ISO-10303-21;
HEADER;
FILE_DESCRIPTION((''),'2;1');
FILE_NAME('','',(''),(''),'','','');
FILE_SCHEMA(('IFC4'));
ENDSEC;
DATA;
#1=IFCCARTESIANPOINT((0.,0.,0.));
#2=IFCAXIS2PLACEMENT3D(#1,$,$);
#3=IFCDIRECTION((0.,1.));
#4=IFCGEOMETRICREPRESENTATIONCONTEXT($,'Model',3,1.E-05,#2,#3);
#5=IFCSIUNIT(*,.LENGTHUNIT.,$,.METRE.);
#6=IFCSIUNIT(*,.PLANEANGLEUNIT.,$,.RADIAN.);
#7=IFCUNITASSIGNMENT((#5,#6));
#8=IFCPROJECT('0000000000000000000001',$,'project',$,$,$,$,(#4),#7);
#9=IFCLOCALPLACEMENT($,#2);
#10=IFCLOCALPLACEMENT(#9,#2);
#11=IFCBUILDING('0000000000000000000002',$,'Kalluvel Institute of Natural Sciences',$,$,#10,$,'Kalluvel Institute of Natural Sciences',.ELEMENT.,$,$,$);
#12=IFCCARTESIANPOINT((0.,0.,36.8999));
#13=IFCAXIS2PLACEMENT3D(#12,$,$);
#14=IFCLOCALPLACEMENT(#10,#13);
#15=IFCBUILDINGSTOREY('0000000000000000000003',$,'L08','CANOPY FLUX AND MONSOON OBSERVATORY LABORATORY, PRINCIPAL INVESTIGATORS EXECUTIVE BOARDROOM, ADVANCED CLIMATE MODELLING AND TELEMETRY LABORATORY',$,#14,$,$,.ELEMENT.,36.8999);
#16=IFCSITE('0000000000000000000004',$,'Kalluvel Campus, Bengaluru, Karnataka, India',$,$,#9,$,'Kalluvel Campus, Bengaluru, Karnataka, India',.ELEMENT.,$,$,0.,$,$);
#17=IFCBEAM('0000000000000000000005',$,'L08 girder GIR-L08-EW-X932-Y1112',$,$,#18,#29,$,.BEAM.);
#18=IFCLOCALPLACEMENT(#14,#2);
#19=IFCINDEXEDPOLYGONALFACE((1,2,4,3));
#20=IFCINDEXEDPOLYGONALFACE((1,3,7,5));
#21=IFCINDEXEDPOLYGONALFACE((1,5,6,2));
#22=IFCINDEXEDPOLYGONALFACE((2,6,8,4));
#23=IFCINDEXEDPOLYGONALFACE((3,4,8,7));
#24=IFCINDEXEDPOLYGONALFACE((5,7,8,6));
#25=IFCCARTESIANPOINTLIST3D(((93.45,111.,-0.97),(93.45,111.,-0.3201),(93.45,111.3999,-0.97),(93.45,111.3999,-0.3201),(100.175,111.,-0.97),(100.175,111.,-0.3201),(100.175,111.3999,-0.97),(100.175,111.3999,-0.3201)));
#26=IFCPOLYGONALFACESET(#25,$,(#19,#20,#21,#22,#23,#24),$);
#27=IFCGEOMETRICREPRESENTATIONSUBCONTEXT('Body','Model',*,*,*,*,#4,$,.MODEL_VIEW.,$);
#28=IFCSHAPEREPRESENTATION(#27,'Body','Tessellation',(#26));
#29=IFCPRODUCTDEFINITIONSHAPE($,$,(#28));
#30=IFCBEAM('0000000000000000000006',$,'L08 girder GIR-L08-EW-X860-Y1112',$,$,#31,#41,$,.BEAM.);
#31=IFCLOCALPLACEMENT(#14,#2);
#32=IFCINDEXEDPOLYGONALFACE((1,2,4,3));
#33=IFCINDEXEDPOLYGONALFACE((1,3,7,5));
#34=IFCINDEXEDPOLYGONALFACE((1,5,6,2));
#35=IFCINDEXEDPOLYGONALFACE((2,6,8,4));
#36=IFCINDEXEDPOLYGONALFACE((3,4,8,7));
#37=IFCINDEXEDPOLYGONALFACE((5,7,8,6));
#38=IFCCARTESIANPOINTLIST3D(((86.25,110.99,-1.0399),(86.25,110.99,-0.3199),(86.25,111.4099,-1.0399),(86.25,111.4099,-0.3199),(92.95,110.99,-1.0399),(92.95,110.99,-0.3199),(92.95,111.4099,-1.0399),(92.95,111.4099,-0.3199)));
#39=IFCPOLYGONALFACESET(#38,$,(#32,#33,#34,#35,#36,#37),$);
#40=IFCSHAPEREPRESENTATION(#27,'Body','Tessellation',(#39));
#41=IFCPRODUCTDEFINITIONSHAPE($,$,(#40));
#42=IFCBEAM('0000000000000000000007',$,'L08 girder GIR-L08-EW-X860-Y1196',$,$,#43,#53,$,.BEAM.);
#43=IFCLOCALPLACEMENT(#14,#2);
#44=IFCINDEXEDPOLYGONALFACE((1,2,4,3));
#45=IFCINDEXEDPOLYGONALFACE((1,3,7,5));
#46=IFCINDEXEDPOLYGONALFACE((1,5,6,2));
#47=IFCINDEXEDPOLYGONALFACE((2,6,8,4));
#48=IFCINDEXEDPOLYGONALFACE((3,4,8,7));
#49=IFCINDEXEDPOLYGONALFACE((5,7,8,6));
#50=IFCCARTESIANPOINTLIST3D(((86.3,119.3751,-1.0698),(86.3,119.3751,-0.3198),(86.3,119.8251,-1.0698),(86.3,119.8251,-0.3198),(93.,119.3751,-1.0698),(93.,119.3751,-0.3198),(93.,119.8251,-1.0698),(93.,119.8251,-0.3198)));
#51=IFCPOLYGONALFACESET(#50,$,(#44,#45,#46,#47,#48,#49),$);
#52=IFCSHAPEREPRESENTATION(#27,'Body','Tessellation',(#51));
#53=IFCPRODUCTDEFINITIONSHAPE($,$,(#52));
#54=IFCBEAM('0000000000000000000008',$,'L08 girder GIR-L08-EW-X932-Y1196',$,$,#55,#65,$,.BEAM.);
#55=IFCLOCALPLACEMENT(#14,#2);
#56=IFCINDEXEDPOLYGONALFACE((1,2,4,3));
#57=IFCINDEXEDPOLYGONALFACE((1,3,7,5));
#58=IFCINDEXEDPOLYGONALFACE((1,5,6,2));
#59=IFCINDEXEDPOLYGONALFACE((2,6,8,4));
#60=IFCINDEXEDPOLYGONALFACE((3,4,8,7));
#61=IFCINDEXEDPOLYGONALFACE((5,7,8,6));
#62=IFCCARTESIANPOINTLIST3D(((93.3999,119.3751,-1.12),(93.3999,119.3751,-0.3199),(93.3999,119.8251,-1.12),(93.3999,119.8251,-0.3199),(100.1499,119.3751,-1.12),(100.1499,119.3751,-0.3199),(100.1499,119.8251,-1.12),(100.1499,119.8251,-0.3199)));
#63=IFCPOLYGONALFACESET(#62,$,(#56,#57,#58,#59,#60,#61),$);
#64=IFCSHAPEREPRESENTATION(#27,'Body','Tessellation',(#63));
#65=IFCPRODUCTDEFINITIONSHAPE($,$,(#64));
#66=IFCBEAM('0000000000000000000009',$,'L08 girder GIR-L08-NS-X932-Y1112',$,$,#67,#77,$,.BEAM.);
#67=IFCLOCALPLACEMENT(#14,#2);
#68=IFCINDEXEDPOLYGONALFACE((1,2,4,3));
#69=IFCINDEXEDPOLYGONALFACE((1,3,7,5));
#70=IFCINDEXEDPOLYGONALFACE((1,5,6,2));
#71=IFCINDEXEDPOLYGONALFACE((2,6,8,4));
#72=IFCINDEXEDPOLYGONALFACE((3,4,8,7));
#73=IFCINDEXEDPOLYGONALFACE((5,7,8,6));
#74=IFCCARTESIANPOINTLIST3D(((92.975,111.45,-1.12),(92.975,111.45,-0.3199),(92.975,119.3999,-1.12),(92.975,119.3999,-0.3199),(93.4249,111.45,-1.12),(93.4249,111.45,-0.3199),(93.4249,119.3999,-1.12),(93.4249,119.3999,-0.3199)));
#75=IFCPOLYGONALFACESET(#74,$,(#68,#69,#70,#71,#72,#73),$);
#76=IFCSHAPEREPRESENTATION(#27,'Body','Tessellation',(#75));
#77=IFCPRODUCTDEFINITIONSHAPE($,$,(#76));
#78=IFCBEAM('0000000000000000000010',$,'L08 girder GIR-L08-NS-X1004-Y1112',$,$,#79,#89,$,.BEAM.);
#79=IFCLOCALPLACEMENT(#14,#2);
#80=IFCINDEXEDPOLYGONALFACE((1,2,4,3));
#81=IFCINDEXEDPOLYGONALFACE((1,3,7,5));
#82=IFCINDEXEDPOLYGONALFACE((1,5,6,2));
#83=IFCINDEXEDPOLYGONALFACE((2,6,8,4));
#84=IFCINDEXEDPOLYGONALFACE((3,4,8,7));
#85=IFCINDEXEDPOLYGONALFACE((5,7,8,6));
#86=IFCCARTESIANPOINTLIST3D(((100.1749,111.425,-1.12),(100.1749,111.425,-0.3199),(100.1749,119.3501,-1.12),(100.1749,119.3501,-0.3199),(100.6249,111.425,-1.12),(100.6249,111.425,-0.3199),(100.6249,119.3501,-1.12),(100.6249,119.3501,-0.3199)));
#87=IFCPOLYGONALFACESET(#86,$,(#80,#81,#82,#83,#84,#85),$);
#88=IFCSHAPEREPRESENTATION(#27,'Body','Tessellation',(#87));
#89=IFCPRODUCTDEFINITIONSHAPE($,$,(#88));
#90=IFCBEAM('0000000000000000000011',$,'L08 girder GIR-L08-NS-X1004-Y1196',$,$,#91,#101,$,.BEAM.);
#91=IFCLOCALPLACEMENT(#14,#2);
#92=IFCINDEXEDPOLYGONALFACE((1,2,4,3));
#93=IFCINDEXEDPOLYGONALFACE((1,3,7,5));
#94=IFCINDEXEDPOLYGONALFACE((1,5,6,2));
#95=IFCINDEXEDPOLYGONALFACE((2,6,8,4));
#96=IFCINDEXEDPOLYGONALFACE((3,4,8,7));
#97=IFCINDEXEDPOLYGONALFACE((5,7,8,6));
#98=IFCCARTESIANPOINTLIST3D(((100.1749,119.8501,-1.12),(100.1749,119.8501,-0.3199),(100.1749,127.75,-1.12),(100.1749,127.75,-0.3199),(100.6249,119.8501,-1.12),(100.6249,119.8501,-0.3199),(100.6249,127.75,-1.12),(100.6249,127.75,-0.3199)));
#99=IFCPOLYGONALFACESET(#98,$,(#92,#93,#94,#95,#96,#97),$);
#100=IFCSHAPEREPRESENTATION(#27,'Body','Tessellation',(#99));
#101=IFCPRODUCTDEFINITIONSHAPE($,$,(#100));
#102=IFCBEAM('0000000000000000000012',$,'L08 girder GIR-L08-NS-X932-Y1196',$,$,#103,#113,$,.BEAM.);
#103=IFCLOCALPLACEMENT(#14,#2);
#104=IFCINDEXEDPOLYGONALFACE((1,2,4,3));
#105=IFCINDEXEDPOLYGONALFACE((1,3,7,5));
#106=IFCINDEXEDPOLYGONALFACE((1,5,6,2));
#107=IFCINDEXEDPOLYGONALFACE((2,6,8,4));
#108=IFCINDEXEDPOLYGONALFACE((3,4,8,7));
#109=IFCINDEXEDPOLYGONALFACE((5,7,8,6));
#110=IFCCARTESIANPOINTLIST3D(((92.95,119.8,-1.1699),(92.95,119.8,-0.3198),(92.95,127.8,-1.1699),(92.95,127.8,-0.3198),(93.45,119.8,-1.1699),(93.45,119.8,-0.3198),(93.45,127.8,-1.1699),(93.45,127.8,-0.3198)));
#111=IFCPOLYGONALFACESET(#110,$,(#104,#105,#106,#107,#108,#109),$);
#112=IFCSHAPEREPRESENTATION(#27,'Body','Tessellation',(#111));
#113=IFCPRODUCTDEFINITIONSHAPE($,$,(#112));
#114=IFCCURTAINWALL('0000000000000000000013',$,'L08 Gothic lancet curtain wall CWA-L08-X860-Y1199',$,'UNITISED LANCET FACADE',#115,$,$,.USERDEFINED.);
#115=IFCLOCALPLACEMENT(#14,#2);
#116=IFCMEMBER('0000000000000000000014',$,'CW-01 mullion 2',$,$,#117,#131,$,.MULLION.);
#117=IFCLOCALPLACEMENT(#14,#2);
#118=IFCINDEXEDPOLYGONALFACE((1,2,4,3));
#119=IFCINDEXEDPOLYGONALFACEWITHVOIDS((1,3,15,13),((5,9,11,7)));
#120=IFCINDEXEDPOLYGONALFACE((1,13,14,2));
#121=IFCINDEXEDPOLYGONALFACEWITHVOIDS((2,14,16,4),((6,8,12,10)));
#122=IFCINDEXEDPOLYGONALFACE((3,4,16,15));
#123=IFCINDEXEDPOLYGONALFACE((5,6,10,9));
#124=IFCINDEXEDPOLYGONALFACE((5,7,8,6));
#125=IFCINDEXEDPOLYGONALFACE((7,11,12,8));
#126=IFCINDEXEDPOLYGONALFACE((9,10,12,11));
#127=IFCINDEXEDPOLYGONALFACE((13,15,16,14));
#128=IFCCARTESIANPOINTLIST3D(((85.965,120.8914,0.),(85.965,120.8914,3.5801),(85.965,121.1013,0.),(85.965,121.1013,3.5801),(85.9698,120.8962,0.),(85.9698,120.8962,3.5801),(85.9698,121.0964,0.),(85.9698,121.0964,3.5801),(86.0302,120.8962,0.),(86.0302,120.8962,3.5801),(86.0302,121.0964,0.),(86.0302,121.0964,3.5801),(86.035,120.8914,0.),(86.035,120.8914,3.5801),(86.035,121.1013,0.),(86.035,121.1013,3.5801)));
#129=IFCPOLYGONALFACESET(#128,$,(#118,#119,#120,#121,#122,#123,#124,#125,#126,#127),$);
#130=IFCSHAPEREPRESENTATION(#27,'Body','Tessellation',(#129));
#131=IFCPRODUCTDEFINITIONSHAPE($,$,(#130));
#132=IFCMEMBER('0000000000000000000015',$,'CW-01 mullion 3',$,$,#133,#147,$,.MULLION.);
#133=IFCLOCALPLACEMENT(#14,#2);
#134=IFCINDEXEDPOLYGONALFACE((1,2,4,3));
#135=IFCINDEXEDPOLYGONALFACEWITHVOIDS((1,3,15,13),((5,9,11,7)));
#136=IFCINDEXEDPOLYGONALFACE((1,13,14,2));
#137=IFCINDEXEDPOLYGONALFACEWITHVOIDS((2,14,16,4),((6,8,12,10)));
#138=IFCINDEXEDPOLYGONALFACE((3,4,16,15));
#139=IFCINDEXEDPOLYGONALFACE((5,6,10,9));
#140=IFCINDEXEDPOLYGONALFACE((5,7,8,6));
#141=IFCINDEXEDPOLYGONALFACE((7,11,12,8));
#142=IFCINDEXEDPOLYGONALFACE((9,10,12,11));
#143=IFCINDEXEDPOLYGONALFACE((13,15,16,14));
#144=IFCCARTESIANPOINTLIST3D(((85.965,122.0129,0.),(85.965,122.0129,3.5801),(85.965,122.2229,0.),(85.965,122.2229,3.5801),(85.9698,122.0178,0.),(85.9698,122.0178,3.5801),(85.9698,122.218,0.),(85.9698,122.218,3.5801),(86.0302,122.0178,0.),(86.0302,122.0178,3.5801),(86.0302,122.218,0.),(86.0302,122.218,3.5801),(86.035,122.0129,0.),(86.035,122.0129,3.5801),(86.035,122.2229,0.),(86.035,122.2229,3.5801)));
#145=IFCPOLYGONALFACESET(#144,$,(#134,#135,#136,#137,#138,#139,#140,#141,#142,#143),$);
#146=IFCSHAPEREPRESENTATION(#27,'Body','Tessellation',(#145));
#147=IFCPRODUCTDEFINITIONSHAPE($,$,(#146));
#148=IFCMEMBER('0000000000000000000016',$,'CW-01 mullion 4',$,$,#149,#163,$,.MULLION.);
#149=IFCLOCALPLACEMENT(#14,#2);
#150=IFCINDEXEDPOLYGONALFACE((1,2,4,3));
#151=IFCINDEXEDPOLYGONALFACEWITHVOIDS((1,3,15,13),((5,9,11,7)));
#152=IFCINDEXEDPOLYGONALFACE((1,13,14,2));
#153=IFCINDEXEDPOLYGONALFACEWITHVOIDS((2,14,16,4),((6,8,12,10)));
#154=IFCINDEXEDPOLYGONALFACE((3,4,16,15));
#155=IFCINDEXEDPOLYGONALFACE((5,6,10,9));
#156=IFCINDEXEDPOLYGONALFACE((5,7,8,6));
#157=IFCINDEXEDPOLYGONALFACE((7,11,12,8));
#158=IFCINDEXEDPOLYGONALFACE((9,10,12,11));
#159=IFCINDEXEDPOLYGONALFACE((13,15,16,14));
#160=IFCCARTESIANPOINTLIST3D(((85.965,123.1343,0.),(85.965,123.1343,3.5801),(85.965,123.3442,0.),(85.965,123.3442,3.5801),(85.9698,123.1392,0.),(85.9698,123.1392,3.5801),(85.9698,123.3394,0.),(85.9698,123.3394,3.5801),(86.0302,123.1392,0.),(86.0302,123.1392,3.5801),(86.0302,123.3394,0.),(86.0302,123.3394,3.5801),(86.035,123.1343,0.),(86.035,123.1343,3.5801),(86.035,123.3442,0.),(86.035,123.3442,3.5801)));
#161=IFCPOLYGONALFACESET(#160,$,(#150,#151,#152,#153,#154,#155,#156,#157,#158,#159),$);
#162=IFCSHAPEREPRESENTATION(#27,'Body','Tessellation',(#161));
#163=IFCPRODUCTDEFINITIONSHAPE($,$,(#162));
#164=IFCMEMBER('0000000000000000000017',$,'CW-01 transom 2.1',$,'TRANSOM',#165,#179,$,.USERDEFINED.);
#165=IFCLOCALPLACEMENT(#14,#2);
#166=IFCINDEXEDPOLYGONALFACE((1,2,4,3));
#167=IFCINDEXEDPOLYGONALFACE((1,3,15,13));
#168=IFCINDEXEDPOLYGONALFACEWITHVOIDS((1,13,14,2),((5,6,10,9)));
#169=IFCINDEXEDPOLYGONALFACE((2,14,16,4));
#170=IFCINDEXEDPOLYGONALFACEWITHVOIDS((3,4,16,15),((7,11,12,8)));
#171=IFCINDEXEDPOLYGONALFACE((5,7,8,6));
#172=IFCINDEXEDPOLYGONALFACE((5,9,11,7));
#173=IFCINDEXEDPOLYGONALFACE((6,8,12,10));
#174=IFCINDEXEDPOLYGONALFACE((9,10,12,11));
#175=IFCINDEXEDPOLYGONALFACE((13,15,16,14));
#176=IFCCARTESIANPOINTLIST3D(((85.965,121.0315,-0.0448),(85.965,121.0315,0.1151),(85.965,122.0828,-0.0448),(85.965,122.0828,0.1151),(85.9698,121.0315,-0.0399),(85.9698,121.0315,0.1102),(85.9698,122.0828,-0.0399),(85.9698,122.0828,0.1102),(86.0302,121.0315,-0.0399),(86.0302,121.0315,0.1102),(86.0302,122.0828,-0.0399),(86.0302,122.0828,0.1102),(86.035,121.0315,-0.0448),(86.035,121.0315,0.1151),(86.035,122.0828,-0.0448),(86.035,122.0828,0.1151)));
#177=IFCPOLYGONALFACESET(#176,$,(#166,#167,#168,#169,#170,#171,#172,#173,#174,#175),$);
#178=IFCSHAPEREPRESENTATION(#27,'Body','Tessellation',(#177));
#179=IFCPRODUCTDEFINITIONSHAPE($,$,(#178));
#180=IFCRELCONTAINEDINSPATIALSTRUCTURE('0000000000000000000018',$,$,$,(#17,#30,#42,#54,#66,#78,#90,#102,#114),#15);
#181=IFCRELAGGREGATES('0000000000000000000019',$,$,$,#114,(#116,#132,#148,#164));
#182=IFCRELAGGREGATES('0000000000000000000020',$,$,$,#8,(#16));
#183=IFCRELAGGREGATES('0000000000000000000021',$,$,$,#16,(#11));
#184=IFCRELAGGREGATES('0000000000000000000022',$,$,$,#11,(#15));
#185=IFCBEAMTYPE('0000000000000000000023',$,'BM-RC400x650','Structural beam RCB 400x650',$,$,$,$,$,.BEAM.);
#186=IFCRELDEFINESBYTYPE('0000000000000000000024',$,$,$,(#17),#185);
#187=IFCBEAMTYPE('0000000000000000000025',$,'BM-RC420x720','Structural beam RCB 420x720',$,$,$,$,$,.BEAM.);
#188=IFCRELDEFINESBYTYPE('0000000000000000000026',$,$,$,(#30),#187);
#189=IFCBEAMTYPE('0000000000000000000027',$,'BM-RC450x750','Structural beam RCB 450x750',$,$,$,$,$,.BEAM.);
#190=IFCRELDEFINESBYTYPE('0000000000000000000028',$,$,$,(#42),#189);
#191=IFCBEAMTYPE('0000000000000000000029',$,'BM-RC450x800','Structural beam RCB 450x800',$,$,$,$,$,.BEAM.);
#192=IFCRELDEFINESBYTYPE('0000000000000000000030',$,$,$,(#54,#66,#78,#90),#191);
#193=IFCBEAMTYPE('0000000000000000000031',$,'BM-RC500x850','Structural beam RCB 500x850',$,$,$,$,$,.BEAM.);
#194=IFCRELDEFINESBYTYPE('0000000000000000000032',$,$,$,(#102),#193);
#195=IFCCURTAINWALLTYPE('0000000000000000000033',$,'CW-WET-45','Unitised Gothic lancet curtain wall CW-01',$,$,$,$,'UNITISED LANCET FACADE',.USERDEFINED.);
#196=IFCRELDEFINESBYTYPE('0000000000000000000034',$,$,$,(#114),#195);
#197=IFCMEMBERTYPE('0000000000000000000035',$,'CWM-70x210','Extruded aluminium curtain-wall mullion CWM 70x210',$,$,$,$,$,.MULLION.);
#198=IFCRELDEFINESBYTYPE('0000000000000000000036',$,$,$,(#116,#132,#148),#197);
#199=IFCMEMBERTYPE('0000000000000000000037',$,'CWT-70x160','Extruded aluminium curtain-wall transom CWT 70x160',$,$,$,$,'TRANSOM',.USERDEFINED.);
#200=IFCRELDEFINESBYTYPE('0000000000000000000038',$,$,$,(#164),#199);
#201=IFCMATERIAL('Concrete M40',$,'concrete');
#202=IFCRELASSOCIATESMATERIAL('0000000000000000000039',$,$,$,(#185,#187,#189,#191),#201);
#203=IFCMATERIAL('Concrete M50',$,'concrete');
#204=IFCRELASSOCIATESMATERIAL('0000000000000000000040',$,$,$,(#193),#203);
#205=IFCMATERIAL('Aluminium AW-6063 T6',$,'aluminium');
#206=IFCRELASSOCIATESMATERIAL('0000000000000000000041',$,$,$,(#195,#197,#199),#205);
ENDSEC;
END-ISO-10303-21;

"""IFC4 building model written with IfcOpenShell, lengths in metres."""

from ifc_helpers import new_model, si_unit, direction, frame, origin, origin_2d, place, context, subcontext, project, spatial, rectangle, hollow_rectangle, extrude, material, material_profile, profile_set, type_object, element, aggregate, save


model = new_model("IFC4")

# Units and contexts
model_context = context("Model", 3, precision=1e-05, world=origin(), true_north=direction((0.0, 1.0)))
body_context = subcontext(model_context, "Body", "Model", "MODEL_VIEW")
ifc_project = project(units=[si_unit("LENGTHUNIT", "METRE"), si_unit("PLANEANGLEUNIT", "RADIAN")], contexts=[model_context])

# Site, building, storey
site_placement = place(None, origin())
site = spatial("IfcSite", under=ifc_project, at=site_placement, Name="Kalluvel Campus, Bengaluru, Karnataka, India", LongName="Kalluvel Campus, Bengaluru, Karnataka, India", CompositionType="ELEMENT", RefElevation=0.0)
building_placement = place(site_placement, origin())
building = spatial("IfcBuilding", under=site, at=building_placement, Name="Kalluvel Institute of Natural Sciences", LongName="Kalluvel Institute of Natural Sciences", CompositionType="ELEMENT")
storey_placement = place(building_placement, frame((0.0, 0.0, 36.8999)))
storey = spatial("IfcBuildingStorey", under=building, at=storey_placement, Name="L08", Description="CANOPY FLUX AND MONSOON OBSERVATORY LABORATORY, PRINCIPAL INVESTIGATORS EXECUTIVE BOARDROOM, ADVANCED CLIMATE MODELLING AND TELEMETRY LABORATORY", CompositionType="ELEMENT", Elevation=36.8999)

# Beams
ifc_material_1 = material(Name="Concrete M40", Category="concrete")
ifc_material_profile_1 = material_profile(ifc_material_1, rectangle(XDim=0.3999, YDim=0.6499, at=origin_2d()), Name="RCB 400x650")
ifc_profile_set_1 = profile_set([ifc_material_profile_1], Name="Concrete M40")
beam_type_1 = type_object("IfcBeamType", Name="BM-RC400x650", Description="Structural beam RCB 400x650", PredefinedType="BEAM", material=ifc_profile_set_1)
beam_1_placement = place(storey_placement, frame((93.45, 111.2, -0.645), z_axis=(1.0, 0.0, 0.0), x_axis=(0.0, 1.0, 0.0)))
element("IfcBeam", 1, at=beam_1_placement, inside=storey, type_object=beam_type_1, Name="L08 girder GIR-L08-EW-X932-Y1112", PredefinedType="BEAM", context=body_context, shape_type="SweptSolid", body=[
    extrude(rectangle(XDim=0.3999, YDim=0.6499, at=origin_2d()), origin(), (0.0, 0.0, 1.0), 6.7251),
])
ifc_material_profile_2 = material_profile(ifc_material_1, rectangle(XDim=0.4199, YDim=0.72, at=origin_2d()), Name="RCB 420x720")
ifc_profile_set_2 = profile_set([ifc_material_profile_2], Name="Concrete M40")
beam_type_2 = type_object("IfcBeamType", Name="BM-RC420x720", Description="Structural beam RCB 420x720", PredefinedType="BEAM", material=ifc_profile_set_2)
beam_2_placement = place(storey_placement, frame((86.25, 111.2, -0.6799), z_axis=(1.0, 0.0, 0.0), x_axis=(0.0, 1.0, 0.0)))
element("IfcBeam", 2, at=beam_2_placement, inside=storey, type_object=beam_type_2, Name="L08 girder GIR-L08-EW-X860-Y1112", PredefinedType="BEAM", context=body_context, shape_type="SweptSolid", body=[
    extrude(rectangle(XDim=0.4199, YDim=0.72, at=origin_2d()), origin(), (0.0, 0.0, 1.0), 6.7),
])
ifc_material_profile_3 = material_profile(ifc_material_1, rectangle(XDim=0.45, YDim=0.75, at=origin_2d()), Name="RCB 450x750")
ifc_profile_set_3 = profile_set([ifc_material_profile_3], Name="Concrete M40")
beam_type_3 = type_object("IfcBeamType", Name="BM-RC450x750", Description="Structural beam RCB 450x750", PredefinedType="BEAM", material=ifc_profile_set_3)
beam_3_placement = place(storey_placement, frame((86.3, 119.6001, -0.6948), z_axis=(1.0, 0.0, 0.0), x_axis=(0.0, 1.0, 0.0)))
element("IfcBeam", 3, at=beam_3_placement, inside=storey, type_object=beam_type_3, Name="L08 girder GIR-L08-EW-X860-Y1196", PredefinedType="BEAM", context=body_context, shape_type="SweptSolid", body=[
    extrude(rectangle(XDim=0.45, YDim=0.75, at=origin_2d()), origin(), (0.0, 0.0, 1.0), 6.7),
])
ifc_material_profile_4 = material_profile(ifc_material_1, rectangle(XDim=0.45, YDim=0.8, at=origin_2d()), Name="RCB 450x800")
ifc_profile_set_4 = profile_set([ifc_material_profile_4], Name="Concrete M40")
beam_type_4 = type_object("IfcBeamType", Name="BM-RC450x800", Description="Structural beam RCB 450x800", PredefinedType="BEAM", material=ifc_profile_set_4)
beam_4_placement = place(storey_placement, frame((93.3999, 119.6001, -0.72), z_axis=(1.0, 0.0, 0.0), x_axis=(0.0, 1.0, 0.0)))
element("IfcBeam", 4, at=beam_4_placement, inside=storey, type_object=beam_type_4, Name="L08 girder GIR-L08-EW-X932-Y1196", PredefinedType="BEAM", context=body_context, shape_type="SweptSolid", body=[
    extrude(rectangle(XDim=0.45, YDim=0.8, at=origin_2d()), origin(), (0.0, 0.0, 1.0), 6.75),
])
beam_5_placement = place(storey_placement, frame((93.2, 111.45, -0.72), z_axis=(0.0, 1.0, 0.0), x_axis=(-1.0, 0.0, 0.0)))
element("IfcBeam", 5, at=beam_5_placement, inside=storey, type_object=beam_type_4, Name="L08 girder GIR-L08-NS-X932-Y1112", PredefinedType="BEAM", context=body_context, shape_type="SweptSolid", body=[
    extrude(rectangle(XDim=0.45, YDim=0.8, at=origin_2d()), origin(), (0.0, 0.0, 1.0), 7.95),
])
beam_6_placement = place(storey_placement, frame((100.3999, 111.425, -0.72), z_axis=(0.0, 1.0, 0.0), x_axis=(-1.0, 0.0, 0.0)))
element("IfcBeam", 6, at=beam_6_placement, inside=storey, type_object=beam_type_4, Name="L08 girder GIR-L08-NS-X1004-Y1112", PredefinedType="BEAM", context=body_context, shape_type="SweptSolid", body=[
    extrude(rectangle(XDim=0.45, YDim=0.8, at=origin_2d()), origin(), (0.0, 0.0, 1.0), 7.925),
])
beam_7_placement = place(storey_placement, frame((100.3999, 119.8501, -0.72), z_axis=(0.0, 1.0, 0.0), x_axis=(-1.0, 0.0, 0.0)))
element("IfcBeam", 7, at=beam_7_placement, inside=storey, type_object=beam_type_4, Name="L08 girder GIR-L08-NS-X1004-Y1196", PredefinedType="BEAM", context=body_context, shape_type="SweptSolid", body=[
    extrude(rectangle(XDim=0.45, YDim=0.8, at=origin_2d()), origin(), (0.0, 0.0, 1.0), 7.8999),
])
ifc_material_2 = material(Name="Concrete M50", Category="concrete")
ifc_material_profile_5 = material_profile(ifc_material_2, rectangle(XDim=0.5, YDim=0.8501, at=origin_2d()), Name="RCB 500x850")
ifc_profile_set_5 = profile_set([ifc_material_profile_5], Name="Concrete M50")
beam_type_5 = type_object("IfcBeamType", Name="BM-RC500x850", Description="Structural beam RCB 500x850", PredefinedType="BEAM", material=ifc_profile_set_5)
beam_8_placement = place(storey_placement, frame((93.2, 119.8, -0.7449), z_axis=(0.0, 1.0, 0.0), x_axis=(-1.0, 0.0, 0.0)))
element("IfcBeam", 8, at=beam_8_placement, inside=storey, type_object=beam_type_5, Name="L08 girder GIR-L08-NS-X932-Y1196", PredefinedType="BEAM", context=body_context, shape_type="SweptSolid", body=[
    extrude(rectangle(XDim=0.5, YDim=0.8501, at=origin_2d()), origin(), (0.0, 0.0, 1.0), 8.0),
])

# Curtain wall, members
ifc_material_3 = material(Name="Aluminium AW-6063 T6", Category="aluminium")
curtain_wall_type = type_object("IfcCurtainWallType", Name="CW-WET-45", Description="Unitised Gothic lancet curtain wall CW-01", ElementType="UNITISED LANCET FACADE", PredefinedType="USERDEFINED", material=ifc_material_3)
curtain_wall_placement = place(storey_placement, origin())
curtain_wall = element("IfcCurtainWall", 9, at=curtain_wall_placement, inside=storey, type_object=curtain_wall_type, Name="L08 Gothic lancet curtain wall CWA-L08-X860-Y1199", ObjectType="UNITISED LANCET FACADE", PredefinedType="USERDEFINED")
ifc_material_profile_6 = material_profile(ifc_material_3, hollow_rectangle(XDim=0.0701, YDim=0.21, WallThickness=0.0049, at=origin_2d()), Name="CWM 70x210")
ifc_profile_set_6 = profile_set([ifc_material_profile_6], Name="Aluminium AW-6063 T6")
member_type_1 = type_object("IfcMemberType", Name="CWM-70x210", Description="Extruded aluminium curtain-wall mullion CWM 70x210", PredefinedType="MULLION", material=ifc_profile_set_6)
member_1_placement = place(storey_placement, frame((86.0, 120.9963, 0.0), z_axis=(0.0, 0.0, 1.0), x_axis=(-1.0, 0.0, 0.0)))
member_1 = element("IfcMember", 10, at=member_1_placement, type_object=member_type_1, Name="CW-01 mullion 2", PredefinedType="MULLION", context=body_context, shape_type="SweptSolid", body=[
    extrude(hollow_rectangle(XDim=0.0701, YDim=0.21, WallThickness=0.0049, at=origin_2d()), origin(), (0.0, 0.0, 1.0), 3.5801),
])
member_2_placement = place(storey_placement, frame((86.0, 122.1179, 0.0), z_axis=(0.0, 0.0, 1.0), x_axis=(-1.0, 0.0, 0.0)))
member_2 = element("IfcMember", 11, at=member_2_placement, type_object=member_type_1, Name="CW-01 mullion 3", PredefinedType="MULLION", context=body_context, shape_type="SweptSolid", body=[
    extrude(hollow_rectangle(XDim=0.0701, YDim=0.21, WallThickness=0.0049, at=origin_2d()), origin(), (0.0, 0.0, 1.0), 3.5801),
])
member_3_placement = place(storey_placement, frame((86.0, 123.2393, 0.0), z_axis=(0.0, 0.0, 1.0), x_axis=(-1.0, 0.0, 0.0)))
member_3 = element("IfcMember", 12, at=member_3_placement, type_object=member_type_1, Name="CW-01 mullion 4", PredefinedType="MULLION", context=body_context, shape_type="SweptSolid", body=[
    extrude(hollow_rectangle(XDim=0.0701, YDim=0.21, WallThickness=0.0049, at=origin_2d()), origin(), (0.0, 0.0, 1.0), 3.5801),
])
ifc_material_profile_7 = material_profile(ifc_material_3, hollow_rectangle(XDim=0.0701, YDim=0.1599, WallThickness=0.0049, at=origin_2d()), Name="CWT 70x160")
ifc_profile_set_7 = profile_set([ifc_material_profile_7], Name="Aluminium AW-6063 T6")
member_type_2 = type_object("IfcMemberType", Name="CWT-70x160", Description="Extruded aluminium curtain-wall transom CWT 70x160", ElementType="TRANSOM", PredefinedType="USERDEFINED", material=ifc_profile_set_7)
member_4_placement = place(storey_placement, frame((86.0, 121.0315, 0.0352), z_axis=(0.0, 1.0, 0.0), x_axis=(-1.0, 0.0, 0.0)))
member_4 = element("IfcMember", 13, at=member_4_placement, type_object=member_type_2, Name="CW-01 transom 2.1", ObjectType="TRANSOM", PredefinedType="USERDEFINED", context=body_context, shape_type="SweptSolid", body=[
    extrude(hollow_rectangle(XDim=0.0701, YDim=0.1599, WallThickness=0.0049, at=origin_2d()), origin(), (0.0, 0.0, 1.0), 1.0513),
])
aggregate(curtain_wall, [member_1, member_2, member_3, member_4])

save(model, "model.ifc")
